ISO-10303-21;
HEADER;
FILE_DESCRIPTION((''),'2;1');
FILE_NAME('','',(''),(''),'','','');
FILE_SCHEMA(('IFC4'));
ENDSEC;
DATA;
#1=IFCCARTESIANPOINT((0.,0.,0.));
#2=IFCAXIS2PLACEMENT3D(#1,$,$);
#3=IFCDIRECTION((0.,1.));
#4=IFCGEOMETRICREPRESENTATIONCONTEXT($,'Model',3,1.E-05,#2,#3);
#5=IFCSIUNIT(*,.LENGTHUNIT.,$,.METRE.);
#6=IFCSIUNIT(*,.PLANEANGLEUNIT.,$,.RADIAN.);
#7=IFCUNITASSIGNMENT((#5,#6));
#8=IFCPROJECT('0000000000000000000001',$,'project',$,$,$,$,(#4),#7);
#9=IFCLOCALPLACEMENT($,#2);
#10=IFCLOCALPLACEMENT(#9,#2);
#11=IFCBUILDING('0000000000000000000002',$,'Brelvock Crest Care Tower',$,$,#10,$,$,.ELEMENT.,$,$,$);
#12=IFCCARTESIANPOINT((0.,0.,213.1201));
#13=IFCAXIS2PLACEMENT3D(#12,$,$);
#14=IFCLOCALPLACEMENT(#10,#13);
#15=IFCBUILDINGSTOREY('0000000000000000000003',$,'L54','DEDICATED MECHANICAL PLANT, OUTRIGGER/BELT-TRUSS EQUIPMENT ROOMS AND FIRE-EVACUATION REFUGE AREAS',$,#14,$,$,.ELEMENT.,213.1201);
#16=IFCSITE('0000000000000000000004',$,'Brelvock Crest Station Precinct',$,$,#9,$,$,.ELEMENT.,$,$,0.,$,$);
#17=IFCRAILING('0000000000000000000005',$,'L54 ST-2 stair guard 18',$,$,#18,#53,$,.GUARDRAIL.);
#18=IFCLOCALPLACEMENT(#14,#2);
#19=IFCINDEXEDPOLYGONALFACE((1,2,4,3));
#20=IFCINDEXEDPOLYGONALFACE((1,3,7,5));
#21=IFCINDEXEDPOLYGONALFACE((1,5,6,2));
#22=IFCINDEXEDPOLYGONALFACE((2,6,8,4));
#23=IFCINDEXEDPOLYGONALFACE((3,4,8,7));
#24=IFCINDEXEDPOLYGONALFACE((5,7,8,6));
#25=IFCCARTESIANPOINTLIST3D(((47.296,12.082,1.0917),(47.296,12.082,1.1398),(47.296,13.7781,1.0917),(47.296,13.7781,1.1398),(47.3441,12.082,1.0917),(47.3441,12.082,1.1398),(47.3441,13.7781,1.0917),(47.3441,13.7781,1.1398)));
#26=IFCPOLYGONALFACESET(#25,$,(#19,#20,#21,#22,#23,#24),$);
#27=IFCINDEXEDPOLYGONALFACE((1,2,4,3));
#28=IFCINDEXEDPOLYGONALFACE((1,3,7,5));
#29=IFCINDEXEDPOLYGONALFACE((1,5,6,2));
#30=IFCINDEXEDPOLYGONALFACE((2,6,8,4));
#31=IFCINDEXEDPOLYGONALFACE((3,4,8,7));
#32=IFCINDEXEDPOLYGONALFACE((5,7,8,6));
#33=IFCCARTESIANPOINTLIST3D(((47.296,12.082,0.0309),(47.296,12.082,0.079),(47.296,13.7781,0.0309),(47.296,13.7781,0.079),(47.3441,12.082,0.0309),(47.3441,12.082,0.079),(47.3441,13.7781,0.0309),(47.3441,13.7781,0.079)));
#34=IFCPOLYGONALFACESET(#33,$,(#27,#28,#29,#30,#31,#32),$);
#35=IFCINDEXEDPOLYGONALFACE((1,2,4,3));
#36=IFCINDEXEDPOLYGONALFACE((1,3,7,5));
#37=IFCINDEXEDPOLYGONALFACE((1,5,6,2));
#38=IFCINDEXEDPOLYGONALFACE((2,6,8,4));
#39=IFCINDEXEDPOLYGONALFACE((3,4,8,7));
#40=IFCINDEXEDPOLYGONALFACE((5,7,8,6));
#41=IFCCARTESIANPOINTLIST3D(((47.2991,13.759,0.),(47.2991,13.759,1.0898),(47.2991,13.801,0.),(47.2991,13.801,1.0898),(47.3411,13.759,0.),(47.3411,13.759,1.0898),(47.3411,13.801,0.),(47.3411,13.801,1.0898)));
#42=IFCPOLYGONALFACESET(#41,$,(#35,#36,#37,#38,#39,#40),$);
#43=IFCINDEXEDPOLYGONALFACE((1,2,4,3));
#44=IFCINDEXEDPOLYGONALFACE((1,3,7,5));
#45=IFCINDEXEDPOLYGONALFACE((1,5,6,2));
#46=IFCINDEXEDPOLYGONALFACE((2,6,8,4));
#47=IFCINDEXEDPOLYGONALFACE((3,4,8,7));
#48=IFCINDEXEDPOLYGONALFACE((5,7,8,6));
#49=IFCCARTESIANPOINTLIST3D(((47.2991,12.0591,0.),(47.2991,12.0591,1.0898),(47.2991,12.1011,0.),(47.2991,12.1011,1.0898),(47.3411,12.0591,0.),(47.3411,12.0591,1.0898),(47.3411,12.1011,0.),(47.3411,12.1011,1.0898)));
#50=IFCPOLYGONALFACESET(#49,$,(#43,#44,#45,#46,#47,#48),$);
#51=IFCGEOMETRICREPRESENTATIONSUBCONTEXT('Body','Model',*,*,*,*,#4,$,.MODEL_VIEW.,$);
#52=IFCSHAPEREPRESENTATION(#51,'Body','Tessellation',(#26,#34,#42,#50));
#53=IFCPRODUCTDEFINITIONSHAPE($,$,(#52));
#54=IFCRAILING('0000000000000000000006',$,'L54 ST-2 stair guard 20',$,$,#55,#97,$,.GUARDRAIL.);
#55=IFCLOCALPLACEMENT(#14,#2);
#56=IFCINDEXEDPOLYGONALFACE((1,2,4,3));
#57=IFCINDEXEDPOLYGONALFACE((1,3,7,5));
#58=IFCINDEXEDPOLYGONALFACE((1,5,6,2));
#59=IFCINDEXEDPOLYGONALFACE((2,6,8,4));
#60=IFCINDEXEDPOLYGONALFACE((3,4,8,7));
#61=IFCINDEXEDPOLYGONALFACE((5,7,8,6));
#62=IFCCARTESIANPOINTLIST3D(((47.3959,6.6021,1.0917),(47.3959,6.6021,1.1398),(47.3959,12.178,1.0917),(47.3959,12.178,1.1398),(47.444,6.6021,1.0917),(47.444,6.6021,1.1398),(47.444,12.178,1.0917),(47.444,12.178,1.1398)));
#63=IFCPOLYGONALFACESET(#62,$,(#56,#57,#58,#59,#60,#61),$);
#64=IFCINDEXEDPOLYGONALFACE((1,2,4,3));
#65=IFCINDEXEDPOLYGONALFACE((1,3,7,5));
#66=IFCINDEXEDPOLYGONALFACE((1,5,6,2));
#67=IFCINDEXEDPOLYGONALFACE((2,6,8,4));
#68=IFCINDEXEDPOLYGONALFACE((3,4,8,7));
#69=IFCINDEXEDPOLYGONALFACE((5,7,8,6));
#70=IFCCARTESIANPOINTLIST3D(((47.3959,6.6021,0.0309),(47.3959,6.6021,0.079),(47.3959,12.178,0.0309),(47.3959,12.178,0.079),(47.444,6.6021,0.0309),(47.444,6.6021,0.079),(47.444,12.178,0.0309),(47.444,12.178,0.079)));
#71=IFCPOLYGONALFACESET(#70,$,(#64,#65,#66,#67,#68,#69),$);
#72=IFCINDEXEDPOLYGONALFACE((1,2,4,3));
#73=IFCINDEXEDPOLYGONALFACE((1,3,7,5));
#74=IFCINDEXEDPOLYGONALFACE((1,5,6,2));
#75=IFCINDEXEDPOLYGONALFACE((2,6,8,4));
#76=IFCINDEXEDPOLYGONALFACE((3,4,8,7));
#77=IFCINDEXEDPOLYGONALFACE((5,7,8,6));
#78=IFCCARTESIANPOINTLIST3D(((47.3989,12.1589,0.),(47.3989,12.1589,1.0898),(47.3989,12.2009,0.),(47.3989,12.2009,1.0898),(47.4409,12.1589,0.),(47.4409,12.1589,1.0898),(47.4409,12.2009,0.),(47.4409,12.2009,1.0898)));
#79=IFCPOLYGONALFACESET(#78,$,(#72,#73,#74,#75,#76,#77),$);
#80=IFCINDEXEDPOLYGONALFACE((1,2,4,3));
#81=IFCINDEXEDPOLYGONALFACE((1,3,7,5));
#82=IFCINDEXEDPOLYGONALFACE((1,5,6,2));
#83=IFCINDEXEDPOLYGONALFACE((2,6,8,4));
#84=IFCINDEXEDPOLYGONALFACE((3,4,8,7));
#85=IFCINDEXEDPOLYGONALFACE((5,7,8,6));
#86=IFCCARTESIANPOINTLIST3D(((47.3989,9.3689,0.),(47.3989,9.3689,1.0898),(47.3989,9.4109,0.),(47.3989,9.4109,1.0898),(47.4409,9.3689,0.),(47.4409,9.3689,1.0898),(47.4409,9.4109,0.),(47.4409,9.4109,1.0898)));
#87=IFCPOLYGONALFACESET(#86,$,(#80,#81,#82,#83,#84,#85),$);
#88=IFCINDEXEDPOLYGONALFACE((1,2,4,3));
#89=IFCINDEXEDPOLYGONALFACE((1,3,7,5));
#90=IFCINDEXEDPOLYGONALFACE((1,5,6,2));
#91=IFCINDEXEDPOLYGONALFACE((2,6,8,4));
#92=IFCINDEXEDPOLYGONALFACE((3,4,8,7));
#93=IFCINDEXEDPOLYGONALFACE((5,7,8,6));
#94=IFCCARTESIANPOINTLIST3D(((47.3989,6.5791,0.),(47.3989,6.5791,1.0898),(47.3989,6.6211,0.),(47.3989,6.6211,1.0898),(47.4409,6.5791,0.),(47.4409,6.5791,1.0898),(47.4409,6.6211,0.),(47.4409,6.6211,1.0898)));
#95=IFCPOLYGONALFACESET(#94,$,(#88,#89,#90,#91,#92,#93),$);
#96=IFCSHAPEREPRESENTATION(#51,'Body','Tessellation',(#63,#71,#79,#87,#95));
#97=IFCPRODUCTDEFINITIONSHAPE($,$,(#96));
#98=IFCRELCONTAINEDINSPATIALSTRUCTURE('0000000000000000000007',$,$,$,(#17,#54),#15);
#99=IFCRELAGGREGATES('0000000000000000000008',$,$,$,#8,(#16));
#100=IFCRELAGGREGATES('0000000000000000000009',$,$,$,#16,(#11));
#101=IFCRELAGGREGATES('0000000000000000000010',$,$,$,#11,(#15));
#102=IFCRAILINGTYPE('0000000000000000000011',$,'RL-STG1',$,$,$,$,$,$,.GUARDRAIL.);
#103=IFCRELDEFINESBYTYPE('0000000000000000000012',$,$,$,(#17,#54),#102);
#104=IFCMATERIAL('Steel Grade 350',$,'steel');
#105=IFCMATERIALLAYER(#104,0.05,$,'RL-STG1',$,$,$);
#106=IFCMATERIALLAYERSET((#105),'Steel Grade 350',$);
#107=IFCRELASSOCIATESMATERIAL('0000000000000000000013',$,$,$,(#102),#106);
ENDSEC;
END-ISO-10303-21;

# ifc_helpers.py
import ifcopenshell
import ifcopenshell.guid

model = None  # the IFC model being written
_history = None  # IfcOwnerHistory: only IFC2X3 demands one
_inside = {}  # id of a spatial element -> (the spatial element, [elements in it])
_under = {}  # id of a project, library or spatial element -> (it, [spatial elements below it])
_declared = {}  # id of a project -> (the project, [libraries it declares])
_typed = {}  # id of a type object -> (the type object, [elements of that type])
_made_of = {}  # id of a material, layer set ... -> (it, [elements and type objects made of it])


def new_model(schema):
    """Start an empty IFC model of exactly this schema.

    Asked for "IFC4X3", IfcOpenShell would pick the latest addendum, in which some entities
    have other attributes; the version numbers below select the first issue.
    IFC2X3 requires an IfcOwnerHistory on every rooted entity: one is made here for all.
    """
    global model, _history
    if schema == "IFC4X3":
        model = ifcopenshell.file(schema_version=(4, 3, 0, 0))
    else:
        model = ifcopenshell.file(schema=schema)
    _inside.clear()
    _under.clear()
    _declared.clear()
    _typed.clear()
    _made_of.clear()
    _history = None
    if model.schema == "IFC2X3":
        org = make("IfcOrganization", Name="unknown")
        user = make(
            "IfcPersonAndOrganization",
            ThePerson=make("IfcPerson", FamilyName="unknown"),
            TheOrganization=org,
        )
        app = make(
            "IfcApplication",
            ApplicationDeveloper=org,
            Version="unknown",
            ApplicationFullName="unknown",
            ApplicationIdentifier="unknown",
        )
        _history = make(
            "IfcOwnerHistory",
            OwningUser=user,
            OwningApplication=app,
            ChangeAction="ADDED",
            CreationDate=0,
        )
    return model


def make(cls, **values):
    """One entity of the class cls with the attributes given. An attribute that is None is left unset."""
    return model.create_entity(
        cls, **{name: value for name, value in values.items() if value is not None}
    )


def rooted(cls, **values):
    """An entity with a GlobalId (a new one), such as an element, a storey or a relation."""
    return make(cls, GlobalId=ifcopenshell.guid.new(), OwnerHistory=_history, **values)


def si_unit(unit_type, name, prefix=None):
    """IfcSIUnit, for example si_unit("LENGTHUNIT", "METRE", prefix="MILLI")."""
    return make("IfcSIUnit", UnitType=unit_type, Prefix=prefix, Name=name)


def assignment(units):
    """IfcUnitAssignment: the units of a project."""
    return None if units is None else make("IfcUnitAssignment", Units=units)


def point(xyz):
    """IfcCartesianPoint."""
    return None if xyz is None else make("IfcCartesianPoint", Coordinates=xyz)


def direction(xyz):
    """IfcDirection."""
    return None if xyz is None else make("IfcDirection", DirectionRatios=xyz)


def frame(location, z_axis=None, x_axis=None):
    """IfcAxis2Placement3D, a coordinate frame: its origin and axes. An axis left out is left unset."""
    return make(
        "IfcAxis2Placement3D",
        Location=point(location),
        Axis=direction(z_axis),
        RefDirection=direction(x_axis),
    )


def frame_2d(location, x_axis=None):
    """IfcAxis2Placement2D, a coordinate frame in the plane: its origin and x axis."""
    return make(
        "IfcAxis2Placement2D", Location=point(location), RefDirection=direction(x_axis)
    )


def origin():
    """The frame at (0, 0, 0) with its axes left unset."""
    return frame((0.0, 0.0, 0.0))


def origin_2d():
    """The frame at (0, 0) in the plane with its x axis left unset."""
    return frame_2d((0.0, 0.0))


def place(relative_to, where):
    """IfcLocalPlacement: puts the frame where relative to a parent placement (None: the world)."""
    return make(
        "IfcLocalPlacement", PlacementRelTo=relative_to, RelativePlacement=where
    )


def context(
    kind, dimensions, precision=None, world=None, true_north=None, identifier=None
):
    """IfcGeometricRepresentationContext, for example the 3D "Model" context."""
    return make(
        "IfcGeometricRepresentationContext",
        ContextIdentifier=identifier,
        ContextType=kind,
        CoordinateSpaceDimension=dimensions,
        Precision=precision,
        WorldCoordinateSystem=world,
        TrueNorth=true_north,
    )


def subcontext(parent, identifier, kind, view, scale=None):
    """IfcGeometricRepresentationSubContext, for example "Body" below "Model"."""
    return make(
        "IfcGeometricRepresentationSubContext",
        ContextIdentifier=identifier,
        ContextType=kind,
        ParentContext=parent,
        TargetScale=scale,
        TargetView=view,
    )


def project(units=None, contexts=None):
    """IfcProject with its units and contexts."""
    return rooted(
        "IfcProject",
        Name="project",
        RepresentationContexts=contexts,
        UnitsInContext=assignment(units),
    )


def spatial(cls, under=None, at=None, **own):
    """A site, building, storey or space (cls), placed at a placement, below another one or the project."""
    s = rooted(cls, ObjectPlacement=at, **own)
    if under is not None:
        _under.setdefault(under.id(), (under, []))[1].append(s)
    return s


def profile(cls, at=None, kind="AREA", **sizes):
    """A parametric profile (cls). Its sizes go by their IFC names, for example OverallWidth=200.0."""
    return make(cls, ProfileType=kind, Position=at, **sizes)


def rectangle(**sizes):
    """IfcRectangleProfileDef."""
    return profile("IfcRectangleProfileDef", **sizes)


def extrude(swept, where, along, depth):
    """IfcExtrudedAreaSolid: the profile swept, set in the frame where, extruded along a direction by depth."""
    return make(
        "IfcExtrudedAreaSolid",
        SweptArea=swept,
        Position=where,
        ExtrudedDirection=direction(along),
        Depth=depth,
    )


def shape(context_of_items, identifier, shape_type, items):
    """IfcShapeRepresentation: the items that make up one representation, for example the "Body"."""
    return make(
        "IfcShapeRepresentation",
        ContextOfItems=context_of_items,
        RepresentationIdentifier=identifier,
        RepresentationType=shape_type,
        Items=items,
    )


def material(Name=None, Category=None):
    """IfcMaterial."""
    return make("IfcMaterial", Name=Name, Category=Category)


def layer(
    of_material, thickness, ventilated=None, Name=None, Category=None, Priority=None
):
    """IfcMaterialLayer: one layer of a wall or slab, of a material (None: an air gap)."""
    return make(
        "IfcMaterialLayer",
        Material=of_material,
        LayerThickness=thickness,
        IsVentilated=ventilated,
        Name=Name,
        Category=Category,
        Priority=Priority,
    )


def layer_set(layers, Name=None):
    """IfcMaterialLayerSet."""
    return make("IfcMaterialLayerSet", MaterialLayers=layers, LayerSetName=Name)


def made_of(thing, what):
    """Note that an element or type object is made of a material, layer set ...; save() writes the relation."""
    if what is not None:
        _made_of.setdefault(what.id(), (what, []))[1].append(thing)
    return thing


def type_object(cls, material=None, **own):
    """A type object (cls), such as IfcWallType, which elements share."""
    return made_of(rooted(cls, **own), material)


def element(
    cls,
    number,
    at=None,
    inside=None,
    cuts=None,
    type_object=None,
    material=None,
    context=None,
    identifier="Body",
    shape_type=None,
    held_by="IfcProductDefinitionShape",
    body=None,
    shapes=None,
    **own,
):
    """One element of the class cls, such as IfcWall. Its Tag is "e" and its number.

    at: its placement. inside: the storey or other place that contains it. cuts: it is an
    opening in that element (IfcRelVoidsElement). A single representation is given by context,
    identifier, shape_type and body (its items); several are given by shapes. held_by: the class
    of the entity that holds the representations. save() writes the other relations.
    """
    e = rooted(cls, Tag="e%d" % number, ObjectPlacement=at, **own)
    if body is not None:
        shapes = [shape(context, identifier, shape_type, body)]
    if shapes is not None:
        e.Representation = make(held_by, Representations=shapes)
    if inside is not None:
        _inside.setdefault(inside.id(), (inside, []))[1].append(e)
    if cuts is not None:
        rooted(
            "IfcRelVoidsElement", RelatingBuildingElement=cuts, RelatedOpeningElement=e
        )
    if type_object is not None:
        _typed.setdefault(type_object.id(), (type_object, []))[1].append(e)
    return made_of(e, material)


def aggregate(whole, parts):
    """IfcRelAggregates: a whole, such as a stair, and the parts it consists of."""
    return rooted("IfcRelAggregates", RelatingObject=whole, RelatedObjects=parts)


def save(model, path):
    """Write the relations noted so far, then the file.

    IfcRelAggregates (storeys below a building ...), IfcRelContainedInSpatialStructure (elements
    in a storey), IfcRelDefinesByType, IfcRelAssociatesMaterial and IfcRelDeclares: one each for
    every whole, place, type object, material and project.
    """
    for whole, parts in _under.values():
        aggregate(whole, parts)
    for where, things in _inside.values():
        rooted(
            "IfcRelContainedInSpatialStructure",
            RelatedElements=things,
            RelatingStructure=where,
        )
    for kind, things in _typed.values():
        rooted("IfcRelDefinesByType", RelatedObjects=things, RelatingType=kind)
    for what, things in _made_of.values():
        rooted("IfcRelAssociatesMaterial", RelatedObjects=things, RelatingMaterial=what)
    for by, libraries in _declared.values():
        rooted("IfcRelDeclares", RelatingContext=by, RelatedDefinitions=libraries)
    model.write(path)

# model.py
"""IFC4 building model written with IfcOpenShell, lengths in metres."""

from ifc_helpers import new_model, si_unit, direction, frame, origin, origin_2d, place, context, subcontext, project, spatial, rectangle, extrude, material, layer, layer_set, type_object, element, save


model = new_model("IFC4")

# Units and contexts
model_context = context("Model", 3, precision=1e-05, world=origin(), true_north=direction((0.0, 1.0)))
body_context = subcontext(model_context, "Body", "Model", "MODEL_VIEW")
ifc_project = project(units=[si_unit("LENGTHUNIT", "METRE"), si_unit("PLANEANGLEUNIT", "RADIAN")], contexts=[model_context])

# Site, building, storey
site_placement = place(None, origin())
site = spatial("IfcSite", under=ifc_project, at=site_placement, Name="Brelvock Crest Station Precinct", CompositionType="ELEMENT", RefElevation=0.0)
building_placement = place(site_placement, origin())
building = spatial("IfcBuilding", under=site, at=building_placement, Name="Brelvock Crest Care Tower", CompositionType="ELEMENT")
storey_placement = place(building_placement, frame((0.0, 0.0, 213.1201)))
storey = spatial("IfcBuildingStorey", under=building, at=storey_placement, Name="L54", Description="DEDICATED MECHANICAL PLANT, OUTRIGGER/BELT-TRUSS EQUIPMENT ROOMS AND FIRE-EVACUATION REFUGE AREAS", CompositionType="ELEMENT", Elevation=213.1201)

# Shared definitions
ifc_material_1 = material(Name="Steel Grade 350", Category="steel")

# Railings
ifc_layer_1 = layer(ifc_material_1, 0.05, Name="RL-STG1")
ifc_layer_set_1 = layer_set([ifc_layer_1], Name="Steel Grade 350")
railing_type = type_object("IfcRailingType", Name="RL-STG1", PredefinedType="GUARDRAIL", material=ifc_layer_set_1)
for number, where, name in (
    (1, (47.3201, 13.78, 0.0), "L54 ST-2 stair guard 18"),
):
    element("IfcRailing", number, at=place(storey_placement, frame(where)), inside=storey, type_object=railing_type, Name=name, PredefinedType="GUARDRAIL", context=body_context, shape_type="SweptSolid", body=[
        extrude(rectangle(XDim=0.0481, YDim=0.0481, at=origin_2d()), frame((0.0, -0.002, 1.1157), z_axis=(0.0, -1.0, 0.0), x_axis=(1.0, 0.0, 0.0)), (0.0, 0.0, 1.0), 1.696),
        extrude(rectangle(XDim=0.0481, YDim=0.0481, at=origin_2d()), frame((0.0, -0.002, 0.0549), z_axis=(0.0, -1.0, 0.0), x_axis=(1.0, 0.0, 0.0)), (0.0, 0.0, 1.0), 1.696),
        extrude(rectangle(XDim=0.042, YDim=0.042, at=origin_2d()), origin(), (0.0, 0.0, 1.0), 1.0898),
        extrude(rectangle(XDim=0.042, YDim=0.042, at=origin_2d()), frame((0.0, -1.7, 0.0)), (0.0, 0.0, 1.0), 1.0898),
    ])
railing_placement = place(storey_placement, frame((47.4199, 12.1799, 0.0)))
element("IfcRailing", 2, at=railing_placement, inside=storey, type_object=railing_type, Name="L54 ST-2 stair guard 20", PredefinedType="GUARDRAIL", context=body_context, shape_type="SweptSolid", body=[
    extrude(rectangle(XDim=0.0481, YDim=0.0481, at=origin_2d()), frame((0.0, -0.002, 1.1157), z_axis=(0.0, -1.0, 0.0), x_axis=(1.0, 0.0, 0.0)), (0.0, 0.0, 1.0), 5.5759),
    extrude(rectangle(XDim=0.0481, YDim=0.0481, at=origin_2d()), frame((0.0, -0.002, 0.0549), z_axis=(0.0, -1.0, 0.0), x_axis=(1.0, 0.0, 0.0)), (0.0, 0.0, 1.0), 5.5759),
    extrude(rectangle(XDim=0.042, YDim=0.042, at=origin_2d()), origin(), (0.0, 0.0, 1.0), 1.0898),
    extrude(rectangle(XDim=0.042, YDim=0.042, at=origin_2d()), frame((0.0, -2.79, 0.0)), (0.0, 0.0, 1.0), 1.0898),
    extrude(rectangle(XDim=0.042, YDim=0.042, at=origin_2d()), frame((0.0, -5.5798, 0.0)), (0.0, 0.0, 1.0), 1.0898),
])

save(model, "model.ifc")
